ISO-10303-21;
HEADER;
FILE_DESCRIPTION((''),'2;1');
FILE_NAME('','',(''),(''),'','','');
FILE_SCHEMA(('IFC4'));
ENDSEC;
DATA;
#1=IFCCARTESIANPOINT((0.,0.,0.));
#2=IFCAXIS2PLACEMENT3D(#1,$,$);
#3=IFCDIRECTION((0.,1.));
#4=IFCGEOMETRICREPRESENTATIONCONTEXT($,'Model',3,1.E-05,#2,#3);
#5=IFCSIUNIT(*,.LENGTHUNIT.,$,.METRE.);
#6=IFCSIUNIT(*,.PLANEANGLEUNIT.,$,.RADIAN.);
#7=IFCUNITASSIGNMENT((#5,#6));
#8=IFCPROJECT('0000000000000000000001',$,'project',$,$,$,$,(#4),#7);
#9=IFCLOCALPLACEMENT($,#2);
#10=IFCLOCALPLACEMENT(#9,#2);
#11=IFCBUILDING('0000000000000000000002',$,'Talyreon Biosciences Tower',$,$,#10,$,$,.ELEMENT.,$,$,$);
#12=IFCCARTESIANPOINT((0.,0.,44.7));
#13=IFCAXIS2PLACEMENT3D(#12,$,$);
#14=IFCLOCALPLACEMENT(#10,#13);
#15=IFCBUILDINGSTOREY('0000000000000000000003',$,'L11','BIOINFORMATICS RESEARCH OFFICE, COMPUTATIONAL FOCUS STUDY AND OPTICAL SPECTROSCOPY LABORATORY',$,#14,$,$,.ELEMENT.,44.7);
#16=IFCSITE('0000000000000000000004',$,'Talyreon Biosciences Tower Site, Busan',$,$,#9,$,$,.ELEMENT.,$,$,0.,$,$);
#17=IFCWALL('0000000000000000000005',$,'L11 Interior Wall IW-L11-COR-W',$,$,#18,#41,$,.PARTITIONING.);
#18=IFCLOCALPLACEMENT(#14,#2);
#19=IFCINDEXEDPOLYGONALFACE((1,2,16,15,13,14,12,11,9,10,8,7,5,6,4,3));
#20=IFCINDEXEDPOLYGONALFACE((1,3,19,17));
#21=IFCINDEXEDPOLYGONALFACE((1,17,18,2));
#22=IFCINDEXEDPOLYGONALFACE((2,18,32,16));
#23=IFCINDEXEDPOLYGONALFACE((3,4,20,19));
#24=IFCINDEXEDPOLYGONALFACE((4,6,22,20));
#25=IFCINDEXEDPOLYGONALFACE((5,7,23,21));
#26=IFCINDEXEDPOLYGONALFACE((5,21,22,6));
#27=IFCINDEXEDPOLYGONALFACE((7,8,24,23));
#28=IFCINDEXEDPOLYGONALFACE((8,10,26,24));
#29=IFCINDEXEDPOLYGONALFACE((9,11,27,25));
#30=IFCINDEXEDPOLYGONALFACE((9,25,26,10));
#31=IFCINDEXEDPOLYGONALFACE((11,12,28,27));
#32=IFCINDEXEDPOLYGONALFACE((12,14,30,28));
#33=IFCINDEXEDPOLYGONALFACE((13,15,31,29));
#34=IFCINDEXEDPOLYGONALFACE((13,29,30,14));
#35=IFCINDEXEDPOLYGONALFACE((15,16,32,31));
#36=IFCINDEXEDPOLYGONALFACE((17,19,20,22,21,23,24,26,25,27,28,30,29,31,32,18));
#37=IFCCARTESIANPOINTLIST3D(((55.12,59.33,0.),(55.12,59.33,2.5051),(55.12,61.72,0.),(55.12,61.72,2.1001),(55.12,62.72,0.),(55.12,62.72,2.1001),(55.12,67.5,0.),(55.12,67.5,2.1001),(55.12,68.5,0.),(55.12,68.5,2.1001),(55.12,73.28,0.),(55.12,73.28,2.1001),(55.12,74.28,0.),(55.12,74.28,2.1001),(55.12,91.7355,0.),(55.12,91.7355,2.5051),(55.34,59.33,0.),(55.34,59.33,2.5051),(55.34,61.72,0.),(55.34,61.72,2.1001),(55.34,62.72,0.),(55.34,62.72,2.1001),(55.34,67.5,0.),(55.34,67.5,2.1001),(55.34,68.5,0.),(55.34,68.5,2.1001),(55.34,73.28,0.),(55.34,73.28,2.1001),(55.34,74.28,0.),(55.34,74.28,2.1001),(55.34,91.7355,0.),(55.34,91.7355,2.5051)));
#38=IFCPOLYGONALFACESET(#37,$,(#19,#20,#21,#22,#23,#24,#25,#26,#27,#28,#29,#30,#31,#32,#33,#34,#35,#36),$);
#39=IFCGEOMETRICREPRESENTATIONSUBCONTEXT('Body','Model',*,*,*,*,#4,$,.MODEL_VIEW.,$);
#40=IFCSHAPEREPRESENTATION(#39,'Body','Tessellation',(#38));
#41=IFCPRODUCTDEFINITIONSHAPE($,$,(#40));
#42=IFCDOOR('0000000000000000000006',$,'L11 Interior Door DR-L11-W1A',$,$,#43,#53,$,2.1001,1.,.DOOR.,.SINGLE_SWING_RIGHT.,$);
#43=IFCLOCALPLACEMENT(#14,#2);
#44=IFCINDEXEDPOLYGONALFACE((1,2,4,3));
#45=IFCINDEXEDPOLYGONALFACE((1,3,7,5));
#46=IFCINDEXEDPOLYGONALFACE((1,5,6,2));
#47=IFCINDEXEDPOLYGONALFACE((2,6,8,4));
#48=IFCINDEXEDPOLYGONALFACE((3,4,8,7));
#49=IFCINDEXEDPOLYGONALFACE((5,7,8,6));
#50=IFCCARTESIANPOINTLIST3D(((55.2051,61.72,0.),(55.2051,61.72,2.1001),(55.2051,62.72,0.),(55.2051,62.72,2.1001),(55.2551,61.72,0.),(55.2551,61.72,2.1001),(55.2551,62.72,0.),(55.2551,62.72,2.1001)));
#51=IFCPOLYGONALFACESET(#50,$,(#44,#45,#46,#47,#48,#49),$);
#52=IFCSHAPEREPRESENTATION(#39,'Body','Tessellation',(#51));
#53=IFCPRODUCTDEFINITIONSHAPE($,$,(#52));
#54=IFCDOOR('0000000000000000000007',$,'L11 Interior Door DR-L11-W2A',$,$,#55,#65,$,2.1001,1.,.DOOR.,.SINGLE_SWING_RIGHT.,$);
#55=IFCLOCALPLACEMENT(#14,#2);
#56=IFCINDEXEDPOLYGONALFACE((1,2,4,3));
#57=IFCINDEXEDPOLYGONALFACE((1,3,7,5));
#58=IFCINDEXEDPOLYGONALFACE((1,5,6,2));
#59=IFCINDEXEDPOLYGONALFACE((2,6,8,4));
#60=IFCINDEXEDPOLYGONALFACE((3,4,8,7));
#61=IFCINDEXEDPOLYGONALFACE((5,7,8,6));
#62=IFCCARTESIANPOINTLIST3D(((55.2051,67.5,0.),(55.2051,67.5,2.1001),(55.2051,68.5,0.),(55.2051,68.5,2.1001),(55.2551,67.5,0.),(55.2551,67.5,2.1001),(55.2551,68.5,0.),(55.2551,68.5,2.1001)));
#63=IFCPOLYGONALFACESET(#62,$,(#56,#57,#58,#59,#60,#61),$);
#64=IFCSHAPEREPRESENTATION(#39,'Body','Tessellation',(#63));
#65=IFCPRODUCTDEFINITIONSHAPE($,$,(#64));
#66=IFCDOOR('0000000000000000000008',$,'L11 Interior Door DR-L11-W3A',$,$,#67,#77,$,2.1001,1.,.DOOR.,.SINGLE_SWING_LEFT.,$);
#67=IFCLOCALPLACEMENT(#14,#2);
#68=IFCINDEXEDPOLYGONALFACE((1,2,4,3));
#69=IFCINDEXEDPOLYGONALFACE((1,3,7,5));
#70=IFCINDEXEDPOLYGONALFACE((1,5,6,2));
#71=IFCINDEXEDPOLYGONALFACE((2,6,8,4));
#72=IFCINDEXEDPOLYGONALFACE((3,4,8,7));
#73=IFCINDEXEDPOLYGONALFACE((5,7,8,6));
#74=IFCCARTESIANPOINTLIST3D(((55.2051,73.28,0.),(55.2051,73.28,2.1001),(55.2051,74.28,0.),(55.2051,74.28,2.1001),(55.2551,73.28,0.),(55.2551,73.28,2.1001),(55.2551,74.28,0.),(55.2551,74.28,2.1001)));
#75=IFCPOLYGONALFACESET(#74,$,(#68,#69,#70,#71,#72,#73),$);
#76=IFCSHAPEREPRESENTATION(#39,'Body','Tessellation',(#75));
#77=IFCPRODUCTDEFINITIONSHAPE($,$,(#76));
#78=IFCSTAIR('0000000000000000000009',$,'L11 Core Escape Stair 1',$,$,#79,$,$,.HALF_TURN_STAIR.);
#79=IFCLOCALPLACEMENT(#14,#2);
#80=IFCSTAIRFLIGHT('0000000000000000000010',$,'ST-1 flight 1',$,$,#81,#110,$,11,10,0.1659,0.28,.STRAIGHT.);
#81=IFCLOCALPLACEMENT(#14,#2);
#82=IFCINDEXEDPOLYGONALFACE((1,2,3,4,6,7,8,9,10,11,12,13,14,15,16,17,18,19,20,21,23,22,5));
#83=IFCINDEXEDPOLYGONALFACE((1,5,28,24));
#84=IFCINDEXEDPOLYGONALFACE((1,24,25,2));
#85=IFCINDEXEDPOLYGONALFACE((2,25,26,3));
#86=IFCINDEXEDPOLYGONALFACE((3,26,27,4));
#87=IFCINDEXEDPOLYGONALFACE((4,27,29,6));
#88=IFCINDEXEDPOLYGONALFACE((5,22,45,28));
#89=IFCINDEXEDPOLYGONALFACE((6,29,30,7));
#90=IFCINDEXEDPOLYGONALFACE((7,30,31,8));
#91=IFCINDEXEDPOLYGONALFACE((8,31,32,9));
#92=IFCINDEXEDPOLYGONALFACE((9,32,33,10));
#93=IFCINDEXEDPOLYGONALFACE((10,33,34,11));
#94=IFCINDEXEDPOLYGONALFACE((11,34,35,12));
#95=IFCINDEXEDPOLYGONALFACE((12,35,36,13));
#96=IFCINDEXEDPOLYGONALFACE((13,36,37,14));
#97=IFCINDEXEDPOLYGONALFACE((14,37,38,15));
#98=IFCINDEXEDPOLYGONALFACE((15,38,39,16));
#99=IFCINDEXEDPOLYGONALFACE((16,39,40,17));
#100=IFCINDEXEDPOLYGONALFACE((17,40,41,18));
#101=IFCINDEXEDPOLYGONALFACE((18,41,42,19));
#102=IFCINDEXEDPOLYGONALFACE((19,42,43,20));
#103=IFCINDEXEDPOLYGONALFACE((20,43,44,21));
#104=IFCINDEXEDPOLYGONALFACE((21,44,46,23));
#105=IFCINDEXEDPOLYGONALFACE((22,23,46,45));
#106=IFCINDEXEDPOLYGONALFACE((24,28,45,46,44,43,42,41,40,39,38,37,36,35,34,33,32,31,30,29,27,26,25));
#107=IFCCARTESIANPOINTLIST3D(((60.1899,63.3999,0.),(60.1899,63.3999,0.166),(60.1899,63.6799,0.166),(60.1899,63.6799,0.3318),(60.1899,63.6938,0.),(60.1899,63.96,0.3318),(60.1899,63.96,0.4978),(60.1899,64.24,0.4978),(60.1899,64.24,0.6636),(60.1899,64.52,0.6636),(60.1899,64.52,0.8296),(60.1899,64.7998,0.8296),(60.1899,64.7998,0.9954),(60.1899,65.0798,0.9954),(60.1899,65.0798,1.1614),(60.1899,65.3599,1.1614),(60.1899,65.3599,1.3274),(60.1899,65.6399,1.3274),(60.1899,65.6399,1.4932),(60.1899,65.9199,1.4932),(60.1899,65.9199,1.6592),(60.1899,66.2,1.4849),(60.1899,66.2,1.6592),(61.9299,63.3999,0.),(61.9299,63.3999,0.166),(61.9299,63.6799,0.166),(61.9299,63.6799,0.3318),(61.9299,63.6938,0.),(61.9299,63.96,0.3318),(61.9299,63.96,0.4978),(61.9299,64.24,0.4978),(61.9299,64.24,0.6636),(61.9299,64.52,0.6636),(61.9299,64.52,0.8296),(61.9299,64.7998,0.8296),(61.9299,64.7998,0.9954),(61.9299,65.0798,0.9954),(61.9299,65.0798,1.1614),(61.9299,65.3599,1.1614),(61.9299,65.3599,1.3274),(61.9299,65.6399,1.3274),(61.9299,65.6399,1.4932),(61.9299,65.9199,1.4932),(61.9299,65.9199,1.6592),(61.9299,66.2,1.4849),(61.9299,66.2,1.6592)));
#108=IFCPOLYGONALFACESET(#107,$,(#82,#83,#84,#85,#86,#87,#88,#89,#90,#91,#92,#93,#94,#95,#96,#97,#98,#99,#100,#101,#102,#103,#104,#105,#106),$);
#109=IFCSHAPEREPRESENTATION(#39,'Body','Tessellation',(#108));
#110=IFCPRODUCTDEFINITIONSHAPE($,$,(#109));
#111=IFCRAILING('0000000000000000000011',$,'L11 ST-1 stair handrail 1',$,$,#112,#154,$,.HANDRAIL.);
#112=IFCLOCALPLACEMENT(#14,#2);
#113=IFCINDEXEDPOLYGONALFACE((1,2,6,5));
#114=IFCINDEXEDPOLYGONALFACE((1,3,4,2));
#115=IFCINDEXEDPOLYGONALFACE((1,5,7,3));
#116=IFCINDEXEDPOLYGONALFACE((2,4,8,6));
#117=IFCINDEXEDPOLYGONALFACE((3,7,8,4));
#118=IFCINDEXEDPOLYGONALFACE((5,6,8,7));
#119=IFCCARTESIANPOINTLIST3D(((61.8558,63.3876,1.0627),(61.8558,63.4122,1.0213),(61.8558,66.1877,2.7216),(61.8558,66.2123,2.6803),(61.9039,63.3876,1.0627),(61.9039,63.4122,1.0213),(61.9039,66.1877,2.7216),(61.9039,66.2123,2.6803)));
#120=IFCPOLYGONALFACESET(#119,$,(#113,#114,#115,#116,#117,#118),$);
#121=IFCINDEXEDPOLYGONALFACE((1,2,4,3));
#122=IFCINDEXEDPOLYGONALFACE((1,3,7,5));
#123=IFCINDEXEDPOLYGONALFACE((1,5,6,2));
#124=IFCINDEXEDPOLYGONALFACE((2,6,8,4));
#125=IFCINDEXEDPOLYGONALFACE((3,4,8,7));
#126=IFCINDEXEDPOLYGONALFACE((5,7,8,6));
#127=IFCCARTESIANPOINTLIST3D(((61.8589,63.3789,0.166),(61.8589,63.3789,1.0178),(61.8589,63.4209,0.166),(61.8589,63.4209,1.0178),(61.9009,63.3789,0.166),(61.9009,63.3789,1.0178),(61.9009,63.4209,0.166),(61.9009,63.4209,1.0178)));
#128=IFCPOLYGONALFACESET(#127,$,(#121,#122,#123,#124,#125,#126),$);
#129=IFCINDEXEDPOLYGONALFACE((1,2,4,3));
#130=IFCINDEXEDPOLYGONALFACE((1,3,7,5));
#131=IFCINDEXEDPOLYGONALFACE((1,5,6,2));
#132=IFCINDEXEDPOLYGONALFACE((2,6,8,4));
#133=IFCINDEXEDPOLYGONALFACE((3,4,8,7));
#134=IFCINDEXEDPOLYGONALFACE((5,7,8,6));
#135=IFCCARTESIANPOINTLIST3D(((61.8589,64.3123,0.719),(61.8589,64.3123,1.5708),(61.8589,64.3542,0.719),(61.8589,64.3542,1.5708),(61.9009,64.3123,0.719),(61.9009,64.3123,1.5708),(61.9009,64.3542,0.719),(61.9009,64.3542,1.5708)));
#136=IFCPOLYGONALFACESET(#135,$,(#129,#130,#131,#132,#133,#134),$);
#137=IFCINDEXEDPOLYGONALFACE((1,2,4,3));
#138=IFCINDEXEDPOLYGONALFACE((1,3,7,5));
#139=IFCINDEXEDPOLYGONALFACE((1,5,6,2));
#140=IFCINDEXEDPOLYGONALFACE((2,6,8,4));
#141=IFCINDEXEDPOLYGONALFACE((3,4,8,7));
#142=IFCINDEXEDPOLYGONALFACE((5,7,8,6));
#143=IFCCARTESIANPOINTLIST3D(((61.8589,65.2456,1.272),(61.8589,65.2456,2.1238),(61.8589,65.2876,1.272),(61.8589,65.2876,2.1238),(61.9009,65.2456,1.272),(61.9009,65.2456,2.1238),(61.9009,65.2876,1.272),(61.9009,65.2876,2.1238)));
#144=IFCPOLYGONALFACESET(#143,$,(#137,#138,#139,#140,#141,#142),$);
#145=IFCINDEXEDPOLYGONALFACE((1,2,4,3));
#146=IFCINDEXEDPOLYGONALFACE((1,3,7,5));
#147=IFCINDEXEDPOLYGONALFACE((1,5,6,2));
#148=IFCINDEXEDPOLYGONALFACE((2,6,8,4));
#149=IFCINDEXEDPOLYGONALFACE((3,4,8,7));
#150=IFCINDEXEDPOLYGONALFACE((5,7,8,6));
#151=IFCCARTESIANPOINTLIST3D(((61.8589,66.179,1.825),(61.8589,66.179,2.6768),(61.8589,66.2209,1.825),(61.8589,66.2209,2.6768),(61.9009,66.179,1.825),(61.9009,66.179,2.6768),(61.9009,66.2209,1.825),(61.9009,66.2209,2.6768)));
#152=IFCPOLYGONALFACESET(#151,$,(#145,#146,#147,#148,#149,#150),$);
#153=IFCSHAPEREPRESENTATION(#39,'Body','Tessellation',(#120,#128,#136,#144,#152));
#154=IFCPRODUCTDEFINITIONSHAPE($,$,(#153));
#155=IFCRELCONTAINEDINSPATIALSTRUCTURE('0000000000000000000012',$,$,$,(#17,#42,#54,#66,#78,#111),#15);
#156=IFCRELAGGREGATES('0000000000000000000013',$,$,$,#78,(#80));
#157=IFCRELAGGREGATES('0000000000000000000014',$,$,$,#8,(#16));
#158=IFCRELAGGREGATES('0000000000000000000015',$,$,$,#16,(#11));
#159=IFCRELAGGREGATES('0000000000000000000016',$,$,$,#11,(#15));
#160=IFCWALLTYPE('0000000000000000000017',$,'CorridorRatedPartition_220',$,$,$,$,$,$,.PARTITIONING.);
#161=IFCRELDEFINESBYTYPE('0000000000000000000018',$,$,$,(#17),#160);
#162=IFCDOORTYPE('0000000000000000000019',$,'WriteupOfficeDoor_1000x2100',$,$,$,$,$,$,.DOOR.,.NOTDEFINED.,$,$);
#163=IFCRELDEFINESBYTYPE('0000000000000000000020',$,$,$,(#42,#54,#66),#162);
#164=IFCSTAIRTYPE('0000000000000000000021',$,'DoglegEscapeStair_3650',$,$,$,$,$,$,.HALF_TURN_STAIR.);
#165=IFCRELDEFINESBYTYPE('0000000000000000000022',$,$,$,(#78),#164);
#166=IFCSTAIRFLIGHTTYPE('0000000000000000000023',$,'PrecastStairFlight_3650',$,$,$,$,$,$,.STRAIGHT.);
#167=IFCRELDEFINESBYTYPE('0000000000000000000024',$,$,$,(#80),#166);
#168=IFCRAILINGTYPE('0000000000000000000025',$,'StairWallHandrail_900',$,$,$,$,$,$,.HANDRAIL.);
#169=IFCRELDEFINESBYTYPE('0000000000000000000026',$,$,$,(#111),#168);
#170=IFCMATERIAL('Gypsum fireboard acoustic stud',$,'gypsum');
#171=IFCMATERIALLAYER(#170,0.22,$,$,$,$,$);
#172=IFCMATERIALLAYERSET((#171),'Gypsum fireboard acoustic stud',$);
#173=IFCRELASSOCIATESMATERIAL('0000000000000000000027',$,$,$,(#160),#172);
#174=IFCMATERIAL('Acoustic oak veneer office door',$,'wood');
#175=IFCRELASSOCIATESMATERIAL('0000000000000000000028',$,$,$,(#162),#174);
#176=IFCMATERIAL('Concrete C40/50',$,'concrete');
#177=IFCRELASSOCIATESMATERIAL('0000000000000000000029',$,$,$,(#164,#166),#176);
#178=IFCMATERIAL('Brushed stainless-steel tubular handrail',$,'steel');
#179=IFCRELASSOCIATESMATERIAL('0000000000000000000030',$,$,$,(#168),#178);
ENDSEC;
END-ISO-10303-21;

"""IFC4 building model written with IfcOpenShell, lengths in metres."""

from ifc_helpers import new_model, si_unit, direction, frame, frame_2d, origin, origin_2d, place, context, subcontext, project, spatial, polyline, rectangle, outline, extrude, material, layer, layer_set, type_object, element, fill, aggregate, save


model = new_model("IFC4")

# Units and contexts
model_context = context("Model", 3, precision=1e-05, world=origin(), true_north=direction((0.0, 1.0)))
body_context = subcontext(model_context, "Body", "Model", "MODEL_VIEW")
ifc_project = project(units=[si_unit("LENGTHUNIT", "METRE"), si_unit("PLANEANGLEUNIT", "RADIAN")], contexts=[model_context])

# Site, building, storey
site_placement = place(None, origin())
site = spatial("IfcSite", under=ifc_project, at=site_placement, Name="Talyreon Biosciences Tower Site, Busan", CompositionType="ELEMENT", RefElevation=0.0)
building_placement = place(site_placement, origin())
building = spatial("IfcBuilding", under=site, at=building_placement, Name="Talyreon Biosciences Tower", CompositionType="ELEMENT")
storey_placement = place(building_placement, frame((0.0, 0.0, 44.7)))
storey = spatial("IfcBuildingStorey", under=building, at=storey_placement, Name="L11", Description="BIOINFORMATICS RESEARCH OFFICE, COMPUTATIONAL FOCUS STUDY AND OPTICAL SPECTROSCOPY LABORATORY", CompositionType="ELEMENT", Elevation=44.7)

# Wall, openings, doors
ifc_material_1 = material(Name="Gypsum fireboard acoustic stud", Category="gypsum")
ifc_layer_1 = layer(ifc_material_1, 0.22)
ifc_layer_set_1 = layer_set([ifc_layer_1], Name="Gypsum fireboard acoustic stud")
wall_type_1 = type_object("IfcWallType", Name="CorridorRatedPartition_220", PredefinedType="PARTITIONING", material=ifc_layer_set_1)
wall_1_placement = place(storey_placement, frame((55.23, 59.3301, 0.0), z_axis=(0.0, 0.0, 1.0), x_axis=(0.0, 1.0, 0.0)))
wall_1 = element("IfcWall", 1, at=wall_1_placement, inside=storey, type_object=wall_type_1, Name="L11 Interior Wall IW-L11-COR-W", PredefinedType="PARTITIONING", context=body_context, shape_type="SweptSolid", body=[
    extrude(rectangle(XDim=32.4055, YDim=0.22, at=frame_2d((16.2026, 0.0))), origin(), (0.0, 0.0, 1.0), 2.5051),
])
opening_1_placement = place(wall_1_placement, frame((2.3899, 0.0, 0.0)))
opening_1 = element("IfcOpeningElement", 2, at=opening_1_placement, cuts=wall_1, PredefinedType="OPENING", context=body_context, shape_type="SweptSolid", body=[
    extrude(rectangle(XDim=1.0, YDim=2.1001, at=frame_2d((0.5, 1.05))), frame((0.0, 0.1199, 0.0), z_axis=(0.0, -1.0, 0.0), x_axis=(1.0, 0.0, 0.0)), (0.0, 0.0, 1.0), 0.24),
])
opening_2_placement = place(wall_1_placement, frame((8.1699, 0.0, 0.0)))
opening_2 = element("IfcOpeningElement", 3, at=opening_2_placement, cuts=wall_1, PredefinedType="OPENING", context=body_context, shape_type="SweptSolid", body=[
    extrude(rectangle(XDim=1.0, YDim=2.1001, at=frame_2d((0.5, 1.05))), frame((0.0, 0.1199, 0.0), z_axis=(0.0, -1.0, 0.0), x_axis=(1.0, 0.0, 0.0)), (0.0, 0.0, 1.0), 0.24),
])
opening_3_placement = place(wall_1_placement, frame((13.95, 0.0, 0.0)))
opening_3 = element("IfcOpeningElement", 4, at=opening_3_placement, cuts=wall_1, PredefinedType="OPENING", context=body_context, shape_type="SweptSolid", body=[
    extrude(rectangle(XDim=1.0, YDim=2.1001, at=frame_2d((0.5, 1.05))), frame((0.0, 0.1199, 0.0), z_axis=(0.0, -1.0, 0.0), x_axis=(1.0, 0.0, 0.0)), (0.0, 0.0, 1.0), 0.24),
])
ifc_material_2 = material(Name="Acoustic oak veneer office door", Category="wood")
door_type_1 = type_object("IfcDoorType", Name="WriteupOfficeDoor_1000x2100", OperationType="NOTDEFINED", PredefinedType="DOOR", material=ifc_material_2)
door_1_placement = place(opening_1_placement, origin())
door_1 = element("IfcDoor", 5, at=door_1_placement, inside=storey, type_object=door_type_1, Name="L11 Interior Door DR-L11-W1A", OperationType="SINGLE_SWING_RIGHT", OverallHeight=2.1001, OverallWidth=1.0, PredefinedType="DOOR", context=body_context, shape_type="SweptSolid", body=[
    extrude(rectangle(XDim=1.0, YDim=2.1001, at=frame_2d((0.5, 1.05))), frame((0.0, 0.0249, 0.0), z_axis=(0.0, -1.0, 0.0), x_axis=(1.0, 0.0, 0.0)), (0.0, 0.0, 1.0), 0.05),
])
fill(opening_1, door_1)
door_2_placement = place(opening_2_placement, origin())
door_2 = element("IfcDoor", 6, at=door_2_placement, inside=storey, type_object=door_type_1, Name="L11 Interior Door DR-L11-W2A", OperationType="SINGLE_SWING_RIGHT", OverallHeight=2.1001, OverallWidth=1.0, PredefinedType="DOOR", context=body_context, shape_type="SweptSolid", body=[
    extrude(rectangle(XDim=1.0, YDim=2.1001, at=frame_2d((0.5, 1.05))), frame((0.0, 0.0249, 0.0), z_axis=(0.0, -1.0, 0.0), x_axis=(1.0, 0.0, 0.0)), (0.0, 0.0, 1.0), 0.05),
])
fill(opening_2, door_2)
door_3_placement = place(opening_3_placement, origin())
door_3 = element("IfcDoor", 7, at=door_3_placement, inside=storey, type_object=door_type_1, Name="L11 Interior Door DR-L11-W3A", OperationType="SINGLE_SWING_LEFT", OverallHeight=2.1001, OverallWidth=1.0, PredefinedType="DOOR", context=body_context, shape_type="SweptSolid", body=[
    extrude(rectangle(XDim=1.0, YDim=2.1001, at=frame_2d((0.5, 1.05))), frame((0.0, 0.0249, 0.0), z_axis=(0.0, -1.0, 0.0), x_axis=(1.0, 0.0, 0.0)), (0.0, 0.0, 1.0), 0.05),
])
fill(opening_3, door_3)

# Stair, stair flight
ifc_material_3 = material(Name="Concrete C40/50", Category="concrete")
stair_type = type_object("IfcStairType", Name="DoglegEscapeStair_3650", PredefinedType="HALF_TURN_STAIR", material=ifc_material_3)
stair_placement = place(storey_placement, origin())
stair = element("IfcStair", 8, at=stair_placement, inside=storey, type_object=stair_type, Name="L11 Core Escape Stair 1", PredefinedType="HALF_TURN_STAIR")
stair_flight_type = type_object("IfcStairFlightType", Name="PrecastStairFlight_3650", PredefinedType="STRAIGHT", material=ifc_material_3)
stair_flight_placement = place(storey_placement, frame((61.0601, 63.3999, 0.0), z_axis=(0.0, 0.0, 1.0), x_axis=(0.0, 1.0, 0.0)))
stair_flight = element("IfcStairFlight", 9, at=stair_flight_placement, type_object=stair_flight_type, Name="ST-1 flight 1", NumberOfRisers=11, NumberOfTreads=10, PredefinedType="STRAIGHT", RiserHeight=0.1659, TreadLength=0.28, context=body_context, shape_type="SweptSolid", body=[
    extrude(outline(polyline([(0.0, 0.0), (0.0, 0.166), (0.28, 0.166), (0.28, 0.3318), (0.5601, 0.3318), (0.5601, 0.4978), (0.8401, 0.4978), (0.8401, 0.6636), (1.1201, 0.6636), (1.1201, 0.8296), (1.3999, 0.8296), (1.3999, 0.9954), (1.6799, 0.9954), (1.6799, 1.1614), (1.96, 1.1614), (1.96, 1.3274), (2.24, 1.3274), (2.24, 1.4932), (2.52, 1.4932), (2.52, 1.6592), (2.8, 1.6592), (2.8, 1.825), (2.8, 1.4849), (0.2939, 0.0), (0.0, 0.0)])), frame((0.0, 0.8701, 0.0), z_axis=(0.0, -1.0, 0.0), x_axis=(1.0, 0.0, 0.0)), (0.0, 0.0, 1.0), 1.74),
])
aggregate(stair, [stair_flight])

# Railing
ifc_material_4 = material(Name="Brushed stainless-steel tubular handrail", Category="steel")
railing_type_1 = type_object("IfcRailingType", Name="StairWallHandrail_900", PredefinedType="HANDRAIL", material=ifc_material_4)
railing_1_placement = place(storey_placement, frame((61.8799, 63.3999, 0.166)))
element("IfcRailing", 10, at=railing_1_placement, inside=storey, type_object=railing_type_1, Name="L11 ST-1 stair handrail 1", PredefinedType="HANDRAIL", context=body_context, shape_type="SweptSolid", body=[
    extrude(rectangle(XDim=0.0481, YDim=0.0481, at=origin_2d()), frame((0.0, 0.0, 0.876), z_axis=(0.0, 0.860339, 0.509722), x_axis=(-1.0, 0.0, 0.0)), (0.0, 0.0, 1.0), 3.2546),
    extrude(rectangle(XDim=0.042, YDim=0.042, at=origin_2d()), origin(), (0.0, 0.0, 1.0), 0.8518),
    extrude(rectangle(XDim=0.042, YDim=0.042, at=origin_2d()), frame((0.0, 0.9333, 0.553)), (0.0, 0.0, 1.0), 0.8518),
    extrude(rectangle(XDim=0.042, YDim=0.042, at=origin_2d()), frame((0.0, 1.8667, 1.106)), (0.0, 0.0, 1.0), 0.8518),
    extrude(rectangle(XDim=0.042, YDim=0.042, at=origin_2d()), frame((0.0, 2.8, 1.6589)), (0.0, 0.0, 1.0), 0.8518),
])

save(model, "model.ifc")
